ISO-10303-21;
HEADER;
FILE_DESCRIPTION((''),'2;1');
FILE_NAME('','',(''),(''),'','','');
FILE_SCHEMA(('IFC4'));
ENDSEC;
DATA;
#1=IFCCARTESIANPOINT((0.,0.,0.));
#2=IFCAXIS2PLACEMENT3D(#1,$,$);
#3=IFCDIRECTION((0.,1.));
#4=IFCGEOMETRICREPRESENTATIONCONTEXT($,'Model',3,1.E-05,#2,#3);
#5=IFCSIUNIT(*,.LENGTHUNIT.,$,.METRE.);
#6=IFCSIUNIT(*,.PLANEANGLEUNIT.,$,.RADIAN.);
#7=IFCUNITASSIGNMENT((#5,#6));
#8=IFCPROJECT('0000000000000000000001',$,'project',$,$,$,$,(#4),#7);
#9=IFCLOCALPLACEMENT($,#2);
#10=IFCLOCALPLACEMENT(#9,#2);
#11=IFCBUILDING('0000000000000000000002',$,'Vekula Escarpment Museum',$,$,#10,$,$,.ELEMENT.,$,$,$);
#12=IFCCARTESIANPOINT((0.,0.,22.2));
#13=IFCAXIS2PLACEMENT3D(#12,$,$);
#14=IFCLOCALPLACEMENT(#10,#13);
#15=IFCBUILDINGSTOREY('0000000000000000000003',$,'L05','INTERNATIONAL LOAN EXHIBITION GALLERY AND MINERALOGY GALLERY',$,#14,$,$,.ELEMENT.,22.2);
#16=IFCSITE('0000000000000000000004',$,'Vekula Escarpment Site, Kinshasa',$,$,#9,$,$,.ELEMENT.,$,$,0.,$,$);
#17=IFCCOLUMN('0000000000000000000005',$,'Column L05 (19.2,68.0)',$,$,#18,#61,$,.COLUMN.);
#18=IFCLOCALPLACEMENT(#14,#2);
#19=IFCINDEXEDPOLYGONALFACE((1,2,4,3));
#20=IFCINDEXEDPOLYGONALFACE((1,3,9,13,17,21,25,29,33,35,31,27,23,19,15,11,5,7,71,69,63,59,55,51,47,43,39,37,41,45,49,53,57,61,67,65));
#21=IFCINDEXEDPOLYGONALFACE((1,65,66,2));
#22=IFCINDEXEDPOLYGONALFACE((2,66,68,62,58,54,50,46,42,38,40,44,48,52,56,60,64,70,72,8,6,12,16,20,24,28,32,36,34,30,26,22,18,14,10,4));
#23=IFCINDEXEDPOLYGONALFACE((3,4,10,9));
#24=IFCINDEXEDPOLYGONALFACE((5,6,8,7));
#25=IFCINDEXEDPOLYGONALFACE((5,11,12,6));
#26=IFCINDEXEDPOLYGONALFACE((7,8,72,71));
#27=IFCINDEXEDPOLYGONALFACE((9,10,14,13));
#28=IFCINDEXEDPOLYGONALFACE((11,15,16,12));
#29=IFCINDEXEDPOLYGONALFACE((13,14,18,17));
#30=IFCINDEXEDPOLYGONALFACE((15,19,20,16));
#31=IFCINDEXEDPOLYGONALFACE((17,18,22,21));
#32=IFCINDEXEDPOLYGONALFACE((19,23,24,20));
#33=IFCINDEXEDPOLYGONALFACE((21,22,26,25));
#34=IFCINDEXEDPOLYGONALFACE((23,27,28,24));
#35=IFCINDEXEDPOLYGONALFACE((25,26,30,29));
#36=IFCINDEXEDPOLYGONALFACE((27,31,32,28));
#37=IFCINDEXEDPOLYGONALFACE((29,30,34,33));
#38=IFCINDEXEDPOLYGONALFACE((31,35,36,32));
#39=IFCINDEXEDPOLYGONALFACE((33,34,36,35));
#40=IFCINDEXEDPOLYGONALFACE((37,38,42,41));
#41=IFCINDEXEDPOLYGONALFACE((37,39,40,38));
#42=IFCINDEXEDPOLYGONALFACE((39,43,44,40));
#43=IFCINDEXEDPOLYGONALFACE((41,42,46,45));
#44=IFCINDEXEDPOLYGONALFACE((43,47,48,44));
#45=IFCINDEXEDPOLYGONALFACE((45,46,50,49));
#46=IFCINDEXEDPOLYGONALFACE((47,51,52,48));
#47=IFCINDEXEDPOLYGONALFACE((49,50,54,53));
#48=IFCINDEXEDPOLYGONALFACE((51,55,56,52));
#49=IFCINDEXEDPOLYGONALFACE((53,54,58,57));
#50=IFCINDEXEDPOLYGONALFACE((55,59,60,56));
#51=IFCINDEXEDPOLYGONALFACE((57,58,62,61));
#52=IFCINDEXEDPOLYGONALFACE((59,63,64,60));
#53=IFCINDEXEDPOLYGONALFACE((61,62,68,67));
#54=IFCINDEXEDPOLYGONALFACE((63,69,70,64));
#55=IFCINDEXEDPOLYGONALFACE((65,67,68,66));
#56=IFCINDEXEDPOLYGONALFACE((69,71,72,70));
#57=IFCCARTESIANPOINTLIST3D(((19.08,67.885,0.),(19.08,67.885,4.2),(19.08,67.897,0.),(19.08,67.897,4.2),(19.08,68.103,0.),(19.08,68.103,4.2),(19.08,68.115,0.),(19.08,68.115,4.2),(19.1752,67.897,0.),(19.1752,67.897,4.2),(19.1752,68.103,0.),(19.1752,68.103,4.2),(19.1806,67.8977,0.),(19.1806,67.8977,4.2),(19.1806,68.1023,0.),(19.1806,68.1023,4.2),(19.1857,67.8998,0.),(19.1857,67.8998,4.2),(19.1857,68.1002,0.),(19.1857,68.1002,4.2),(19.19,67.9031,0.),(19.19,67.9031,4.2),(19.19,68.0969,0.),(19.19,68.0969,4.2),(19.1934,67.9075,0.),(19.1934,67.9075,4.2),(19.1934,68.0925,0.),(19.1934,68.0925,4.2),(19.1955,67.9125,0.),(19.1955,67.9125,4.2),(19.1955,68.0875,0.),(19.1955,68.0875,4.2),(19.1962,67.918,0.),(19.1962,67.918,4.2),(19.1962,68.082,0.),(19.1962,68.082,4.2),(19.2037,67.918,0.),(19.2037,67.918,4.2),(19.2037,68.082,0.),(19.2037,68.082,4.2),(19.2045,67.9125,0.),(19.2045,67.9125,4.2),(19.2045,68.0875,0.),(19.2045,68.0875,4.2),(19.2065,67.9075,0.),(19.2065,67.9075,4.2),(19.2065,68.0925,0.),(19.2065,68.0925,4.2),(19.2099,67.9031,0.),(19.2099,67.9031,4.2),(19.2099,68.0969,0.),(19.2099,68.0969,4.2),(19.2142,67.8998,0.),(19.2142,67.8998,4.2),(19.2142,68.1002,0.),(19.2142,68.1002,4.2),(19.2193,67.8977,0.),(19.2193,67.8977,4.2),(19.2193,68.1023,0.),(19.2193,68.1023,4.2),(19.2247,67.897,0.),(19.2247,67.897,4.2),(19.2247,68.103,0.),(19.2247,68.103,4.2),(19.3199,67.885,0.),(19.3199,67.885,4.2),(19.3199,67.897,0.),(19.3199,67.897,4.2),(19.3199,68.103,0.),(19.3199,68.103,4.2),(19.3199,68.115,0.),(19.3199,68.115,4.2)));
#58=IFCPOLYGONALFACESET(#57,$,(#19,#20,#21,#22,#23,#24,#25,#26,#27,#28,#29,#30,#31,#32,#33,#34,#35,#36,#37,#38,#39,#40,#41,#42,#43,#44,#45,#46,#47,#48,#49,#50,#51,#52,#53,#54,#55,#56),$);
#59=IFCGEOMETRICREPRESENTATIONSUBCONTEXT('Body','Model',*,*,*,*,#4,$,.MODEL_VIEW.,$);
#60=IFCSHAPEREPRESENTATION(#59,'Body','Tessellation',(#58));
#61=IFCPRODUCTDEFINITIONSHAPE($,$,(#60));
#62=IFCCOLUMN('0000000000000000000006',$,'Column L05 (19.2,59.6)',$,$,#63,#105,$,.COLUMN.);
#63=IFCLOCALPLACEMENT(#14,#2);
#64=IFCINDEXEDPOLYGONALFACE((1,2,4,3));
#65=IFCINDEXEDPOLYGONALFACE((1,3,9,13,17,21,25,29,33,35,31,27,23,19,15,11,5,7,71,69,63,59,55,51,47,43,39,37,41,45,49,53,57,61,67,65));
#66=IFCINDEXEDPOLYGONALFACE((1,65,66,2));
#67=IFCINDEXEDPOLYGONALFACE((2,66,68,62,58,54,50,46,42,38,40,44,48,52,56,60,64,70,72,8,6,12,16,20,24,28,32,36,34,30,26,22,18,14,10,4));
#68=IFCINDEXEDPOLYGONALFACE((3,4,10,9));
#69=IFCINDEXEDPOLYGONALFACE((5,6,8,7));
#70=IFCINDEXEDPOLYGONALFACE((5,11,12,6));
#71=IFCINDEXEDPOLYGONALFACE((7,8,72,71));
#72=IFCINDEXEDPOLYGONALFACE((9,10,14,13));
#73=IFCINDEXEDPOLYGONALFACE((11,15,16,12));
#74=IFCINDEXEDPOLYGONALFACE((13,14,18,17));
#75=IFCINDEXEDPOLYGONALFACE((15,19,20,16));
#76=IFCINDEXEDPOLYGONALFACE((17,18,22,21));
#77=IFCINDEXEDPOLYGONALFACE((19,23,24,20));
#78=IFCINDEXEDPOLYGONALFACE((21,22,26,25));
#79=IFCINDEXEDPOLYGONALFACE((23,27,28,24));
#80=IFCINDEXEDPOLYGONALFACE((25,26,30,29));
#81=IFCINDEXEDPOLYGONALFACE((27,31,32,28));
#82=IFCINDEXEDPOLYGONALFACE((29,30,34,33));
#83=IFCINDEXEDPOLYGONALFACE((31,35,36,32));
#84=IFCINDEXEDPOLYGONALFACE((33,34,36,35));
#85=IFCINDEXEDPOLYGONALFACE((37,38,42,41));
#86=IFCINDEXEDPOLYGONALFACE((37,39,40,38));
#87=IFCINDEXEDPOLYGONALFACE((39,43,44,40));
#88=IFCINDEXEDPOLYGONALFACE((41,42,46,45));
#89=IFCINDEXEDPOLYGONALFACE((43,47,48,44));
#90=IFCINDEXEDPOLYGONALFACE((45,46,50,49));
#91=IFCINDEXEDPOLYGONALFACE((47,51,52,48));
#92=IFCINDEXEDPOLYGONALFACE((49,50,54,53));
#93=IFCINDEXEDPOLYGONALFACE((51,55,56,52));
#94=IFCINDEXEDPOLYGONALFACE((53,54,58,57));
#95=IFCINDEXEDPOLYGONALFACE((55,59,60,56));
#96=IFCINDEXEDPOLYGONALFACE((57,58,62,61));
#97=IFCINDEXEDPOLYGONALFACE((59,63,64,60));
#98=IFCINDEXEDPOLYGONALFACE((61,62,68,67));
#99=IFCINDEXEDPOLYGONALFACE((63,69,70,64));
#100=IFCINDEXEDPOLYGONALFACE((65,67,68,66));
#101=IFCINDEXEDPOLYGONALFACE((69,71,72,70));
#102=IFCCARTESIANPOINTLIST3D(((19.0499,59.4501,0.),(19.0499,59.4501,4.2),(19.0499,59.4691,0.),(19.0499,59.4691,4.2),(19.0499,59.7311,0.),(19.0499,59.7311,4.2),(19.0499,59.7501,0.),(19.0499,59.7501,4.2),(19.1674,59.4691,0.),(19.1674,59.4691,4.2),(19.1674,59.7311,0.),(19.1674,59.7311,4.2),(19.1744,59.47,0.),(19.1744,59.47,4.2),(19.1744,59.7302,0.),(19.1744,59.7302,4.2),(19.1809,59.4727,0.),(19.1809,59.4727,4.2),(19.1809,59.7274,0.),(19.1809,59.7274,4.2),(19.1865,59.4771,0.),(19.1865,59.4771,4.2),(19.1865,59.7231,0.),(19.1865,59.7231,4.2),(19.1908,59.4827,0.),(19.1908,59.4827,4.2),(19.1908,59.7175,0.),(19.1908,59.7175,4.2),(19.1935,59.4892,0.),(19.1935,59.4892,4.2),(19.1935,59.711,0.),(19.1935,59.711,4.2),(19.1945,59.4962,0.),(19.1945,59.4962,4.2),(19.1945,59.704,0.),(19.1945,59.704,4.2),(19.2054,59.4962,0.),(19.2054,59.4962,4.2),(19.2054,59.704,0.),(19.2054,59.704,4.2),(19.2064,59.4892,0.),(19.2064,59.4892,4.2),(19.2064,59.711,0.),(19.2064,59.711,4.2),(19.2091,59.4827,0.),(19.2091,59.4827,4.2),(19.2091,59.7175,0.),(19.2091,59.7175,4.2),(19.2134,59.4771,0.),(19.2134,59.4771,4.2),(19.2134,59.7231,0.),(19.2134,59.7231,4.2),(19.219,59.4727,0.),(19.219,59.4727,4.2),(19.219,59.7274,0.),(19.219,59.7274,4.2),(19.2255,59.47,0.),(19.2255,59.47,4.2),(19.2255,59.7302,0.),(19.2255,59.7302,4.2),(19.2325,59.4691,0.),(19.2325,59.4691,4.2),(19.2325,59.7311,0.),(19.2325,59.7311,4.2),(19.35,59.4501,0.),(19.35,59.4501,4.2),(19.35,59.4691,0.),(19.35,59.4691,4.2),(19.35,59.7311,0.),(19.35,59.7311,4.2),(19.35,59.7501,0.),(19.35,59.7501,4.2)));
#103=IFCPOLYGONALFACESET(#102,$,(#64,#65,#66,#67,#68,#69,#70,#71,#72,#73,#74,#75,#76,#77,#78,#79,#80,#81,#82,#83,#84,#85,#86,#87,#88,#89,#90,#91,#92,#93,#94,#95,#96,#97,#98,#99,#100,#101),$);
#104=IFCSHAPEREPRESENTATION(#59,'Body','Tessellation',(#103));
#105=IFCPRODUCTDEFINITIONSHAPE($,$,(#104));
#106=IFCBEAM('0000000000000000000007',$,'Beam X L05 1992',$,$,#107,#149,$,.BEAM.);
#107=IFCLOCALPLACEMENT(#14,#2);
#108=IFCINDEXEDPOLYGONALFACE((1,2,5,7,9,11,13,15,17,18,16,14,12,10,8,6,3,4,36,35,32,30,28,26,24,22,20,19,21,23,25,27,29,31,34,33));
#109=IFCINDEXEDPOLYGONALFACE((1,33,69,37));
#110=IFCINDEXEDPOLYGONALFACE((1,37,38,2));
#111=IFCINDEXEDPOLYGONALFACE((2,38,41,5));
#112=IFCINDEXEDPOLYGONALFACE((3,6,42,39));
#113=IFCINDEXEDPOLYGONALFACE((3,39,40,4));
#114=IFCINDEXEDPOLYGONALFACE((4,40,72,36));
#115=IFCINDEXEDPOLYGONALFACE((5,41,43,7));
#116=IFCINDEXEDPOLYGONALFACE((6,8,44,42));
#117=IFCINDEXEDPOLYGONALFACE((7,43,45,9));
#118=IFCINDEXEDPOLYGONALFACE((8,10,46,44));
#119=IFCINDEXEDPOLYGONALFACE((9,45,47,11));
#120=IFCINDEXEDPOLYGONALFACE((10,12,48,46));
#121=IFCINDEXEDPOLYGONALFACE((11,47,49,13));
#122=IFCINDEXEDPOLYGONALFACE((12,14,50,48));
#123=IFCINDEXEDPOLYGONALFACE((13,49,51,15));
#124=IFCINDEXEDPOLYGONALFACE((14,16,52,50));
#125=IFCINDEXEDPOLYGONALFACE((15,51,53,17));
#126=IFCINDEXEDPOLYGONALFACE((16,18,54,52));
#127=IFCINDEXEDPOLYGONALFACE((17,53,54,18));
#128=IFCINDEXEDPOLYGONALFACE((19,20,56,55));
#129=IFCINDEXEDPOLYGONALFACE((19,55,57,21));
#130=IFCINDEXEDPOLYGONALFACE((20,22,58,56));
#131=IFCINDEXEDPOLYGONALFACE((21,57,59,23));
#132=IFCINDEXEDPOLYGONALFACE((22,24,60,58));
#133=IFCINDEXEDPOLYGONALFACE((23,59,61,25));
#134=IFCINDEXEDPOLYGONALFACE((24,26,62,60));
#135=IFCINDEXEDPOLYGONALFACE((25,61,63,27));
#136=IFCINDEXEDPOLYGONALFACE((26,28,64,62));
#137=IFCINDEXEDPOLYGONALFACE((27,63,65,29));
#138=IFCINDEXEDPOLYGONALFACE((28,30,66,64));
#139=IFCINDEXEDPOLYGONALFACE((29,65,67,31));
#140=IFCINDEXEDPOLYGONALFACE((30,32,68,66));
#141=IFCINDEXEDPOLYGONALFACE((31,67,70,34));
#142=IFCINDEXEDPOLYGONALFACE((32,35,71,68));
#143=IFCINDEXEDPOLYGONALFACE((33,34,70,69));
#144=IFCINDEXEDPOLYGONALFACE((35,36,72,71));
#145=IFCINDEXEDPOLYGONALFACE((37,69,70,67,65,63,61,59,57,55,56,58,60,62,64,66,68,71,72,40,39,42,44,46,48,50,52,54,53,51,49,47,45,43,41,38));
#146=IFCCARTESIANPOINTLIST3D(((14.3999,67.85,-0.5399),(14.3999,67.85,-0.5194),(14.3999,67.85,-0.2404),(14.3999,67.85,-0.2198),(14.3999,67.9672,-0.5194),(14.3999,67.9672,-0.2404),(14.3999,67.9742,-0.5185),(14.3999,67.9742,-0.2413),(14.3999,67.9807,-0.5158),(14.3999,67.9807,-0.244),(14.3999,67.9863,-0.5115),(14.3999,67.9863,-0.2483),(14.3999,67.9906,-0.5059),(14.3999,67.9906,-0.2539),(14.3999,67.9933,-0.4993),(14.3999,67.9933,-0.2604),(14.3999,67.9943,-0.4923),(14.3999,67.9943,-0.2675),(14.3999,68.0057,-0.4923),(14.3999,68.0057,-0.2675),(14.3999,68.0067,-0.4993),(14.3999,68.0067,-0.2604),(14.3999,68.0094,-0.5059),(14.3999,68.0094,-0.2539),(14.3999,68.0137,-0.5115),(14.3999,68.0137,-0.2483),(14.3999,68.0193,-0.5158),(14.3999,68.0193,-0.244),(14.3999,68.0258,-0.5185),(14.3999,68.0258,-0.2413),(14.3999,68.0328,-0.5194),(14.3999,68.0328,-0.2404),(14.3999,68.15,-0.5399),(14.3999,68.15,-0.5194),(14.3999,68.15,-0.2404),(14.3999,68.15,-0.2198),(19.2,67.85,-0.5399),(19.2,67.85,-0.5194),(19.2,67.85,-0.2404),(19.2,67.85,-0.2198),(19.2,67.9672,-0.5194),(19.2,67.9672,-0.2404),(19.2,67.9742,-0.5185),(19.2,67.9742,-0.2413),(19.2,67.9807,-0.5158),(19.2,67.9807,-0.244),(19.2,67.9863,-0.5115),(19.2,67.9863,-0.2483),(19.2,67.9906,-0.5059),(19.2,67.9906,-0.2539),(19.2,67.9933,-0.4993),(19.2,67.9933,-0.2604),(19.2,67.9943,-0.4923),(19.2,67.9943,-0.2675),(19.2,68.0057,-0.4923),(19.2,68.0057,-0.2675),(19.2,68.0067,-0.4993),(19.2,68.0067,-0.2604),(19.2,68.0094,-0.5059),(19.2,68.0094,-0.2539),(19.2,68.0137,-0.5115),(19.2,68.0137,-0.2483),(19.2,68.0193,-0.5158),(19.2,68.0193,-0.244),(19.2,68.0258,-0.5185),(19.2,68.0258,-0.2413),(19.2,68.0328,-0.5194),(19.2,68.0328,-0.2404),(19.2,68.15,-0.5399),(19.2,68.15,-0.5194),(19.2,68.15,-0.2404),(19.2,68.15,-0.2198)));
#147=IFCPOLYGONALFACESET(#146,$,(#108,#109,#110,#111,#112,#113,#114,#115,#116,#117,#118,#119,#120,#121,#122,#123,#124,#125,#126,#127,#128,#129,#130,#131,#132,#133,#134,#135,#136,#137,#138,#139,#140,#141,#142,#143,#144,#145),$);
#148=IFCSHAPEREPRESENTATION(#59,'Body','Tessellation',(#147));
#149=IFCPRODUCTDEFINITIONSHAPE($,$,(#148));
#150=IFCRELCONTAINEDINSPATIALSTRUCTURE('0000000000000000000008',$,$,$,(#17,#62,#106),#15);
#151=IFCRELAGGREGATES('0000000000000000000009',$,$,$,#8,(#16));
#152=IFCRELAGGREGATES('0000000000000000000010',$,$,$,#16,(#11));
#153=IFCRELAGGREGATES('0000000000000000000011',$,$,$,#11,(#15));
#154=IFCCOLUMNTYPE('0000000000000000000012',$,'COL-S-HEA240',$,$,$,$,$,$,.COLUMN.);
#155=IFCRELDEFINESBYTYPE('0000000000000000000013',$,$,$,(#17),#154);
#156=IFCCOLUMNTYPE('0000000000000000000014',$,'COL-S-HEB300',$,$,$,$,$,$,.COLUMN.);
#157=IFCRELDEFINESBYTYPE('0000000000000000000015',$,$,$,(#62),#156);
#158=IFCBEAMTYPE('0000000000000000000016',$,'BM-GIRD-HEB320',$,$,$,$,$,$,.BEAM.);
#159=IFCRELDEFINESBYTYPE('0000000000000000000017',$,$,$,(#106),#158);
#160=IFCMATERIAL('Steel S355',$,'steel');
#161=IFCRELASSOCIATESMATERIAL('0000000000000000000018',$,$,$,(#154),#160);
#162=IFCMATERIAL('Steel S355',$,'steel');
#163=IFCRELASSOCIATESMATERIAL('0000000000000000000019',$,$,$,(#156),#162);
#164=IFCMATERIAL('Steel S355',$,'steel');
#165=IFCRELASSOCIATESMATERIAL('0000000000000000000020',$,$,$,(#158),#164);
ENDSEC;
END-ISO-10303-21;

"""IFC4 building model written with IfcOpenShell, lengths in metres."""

from ifc_helpers import new_model, si_unit, direction, frame, origin, origin_2d, place, context, subcontext, project, spatial, i_section, extrude, material, material_profile, profile_set, type_object, element, save


model = new_model("IFC4")

# Units and contexts
model_context = context("Model", 3, precision=1e-05, world=origin(), true_north=direction((0.0, 1.0)))
body_context = subcontext(model_context, "Body", "Model", "MODEL_VIEW")
ifc_project = project(units=[si_unit("LENGTHUNIT", "METRE"), si_unit("PLANEANGLEUNIT", "RADIAN")], contexts=[model_context])

# Site, building, storey
site_placement = place(None, origin())
site = spatial("IfcSite", under=ifc_project, at=site_placement, Name="Vekula Escarpment Site, Kinshasa", CompositionType="ELEMENT", RefElevation=0.0)
building_placement = place(site_placement, origin())
building = spatial("IfcBuilding", under=site, at=building_placement, Name="Vekula Escarpment Museum", CompositionType="ELEMENT")
storey_placement = place(building_placement, frame((0.0, 0.0, 22.2)))
storey = spatial("IfcBuildingStorey", under=building, at=storey_placement, Name="L05", Description="INTERNATIONAL LOAN EXHIBITION GALLERY AND MINERALOGY GALLERY", CompositionType="ELEMENT", Elevation=22.2)

# Columns
ifc_material_1 = material(Name="Steel S355", Category="steel")
ifc_material_profile_1 = material_profile(ifc_material_1, i_section(OverallWidth=0.24, OverallDepth=0.23, WebThickness=0.0076, FlangeThickness=0.012, FilletRadius=0.021, at=origin_2d()), Name="HEA 240")
ifc_profile_set_1 = profile_set([ifc_material_profile_1], Name="Steel S355")
column_type_1 = type_object("IfcColumnType", Name="COL-S-HEA240", PredefinedType="COLUMN", material=ifc_profile_set_1)
column_1_placement = place(storey_placement, frame((19.2, 68.0, 0.0), z_axis=(0.0, 0.0, 1.0), x_axis=(1.0, 0.0, 0.0)))
element("IfcColumn", 1, at=column_1_placement, inside=storey, type_object=column_type_1, Name="Column L05 (19.2,68.0)", PredefinedType="COLUMN", context=body_context, shape_type="SweptSolid", body=[
    extrude(i_section(OverallWidth=0.24, OverallDepth=0.23, WebThickness=0.0076, FlangeThickness=0.012, FilletRadius=0.021, at=origin_2d()), origin(), (0.0, 0.0, 1.0), 4.2),
])
ifc_material_2 = material(Name="Steel S355", Category="steel")
ifc_material_profile_2 = material_profile(ifc_material_2, i_section(OverallWidth=0.3, OverallDepth=0.3, WebThickness=0.011, FlangeThickness=0.019, FilletRadius=0.0271, at=origin_2d()), Name="HEB 300")
ifc_profile_set_2 = profile_set([ifc_material_profile_2], Name="Steel S355")
column_type_2 = type_object("IfcColumnType", Name="COL-S-HEB300", PredefinedType="COLUMN", material=ifc_profile_set_2)
column_2_placement = place(storey_placement, frame((19.2, 59.6001, 0.0), z_axis=(0.0, 0.0, 1.0), x_axis=(1.0, 0.0, 0.0)))
element("IfcColumn", 2, at=column_2_placement, inside=storey, type_object=column_type_2, Name="Column L05 (19.2,59.6)", PredefinedType="COLUMN", context=body_context, shape_type="SweptSolid", body=[
    extrude(i_section(OverallWidth=0.3, OverallDepth=0.3, WebThickness=0.011, FlangeThickness=0.019, FilletRadius=0.0271, at=origin_2d()), origin(), (0.0, 0.0, 1.0), 4.2),
])

# Beam
ifc_material_3 = material(Name="Steel S355", Category="steel")
ifc_material_profile_3 = material_profile(ifc_material_3, i_section(OverallWidth=0.3, OverallDepth=0.3201, WebThickness=0.0115, FlangeThickness=0.0205, FilletRadius=0.0271, at=origin_2d()), Name="HEB 320")
ifc_profile_set_3 = profile_set([ifc_material_profile_3], Name="Steel S355")
beam_type_1 = type_object("IfcBeamType", Name="BM-GIRD-HEB320", PredefinedType="BEAM", material=ifc_profile_set_3)
beam_1_placement = place(storey_placement, frame((14.3999, 68.0, -0.3799), z_axis=(1.0, 0.0, 0.0), x_axis=(0.0, 1.0, 0.0)))
element("IfcBeam", 3, at=beam_1_placement, inside=storey, type_object=beam_type_1, Name="Beam X L05 1992", PredefinedType="BEAM", context=body_context, shape_type="SweptSolid", body=[
    extrude(i_section(OverallWidth=0.3, OverallDepth=0.3201, WebThickness=0.0115, FlangeThickness=0.0205, FilletRadius=0.0271, at=origin_2d()), origin(), (0.0, 0.0, 1.0), 4.8),
])

save(model, "model.ifc")
